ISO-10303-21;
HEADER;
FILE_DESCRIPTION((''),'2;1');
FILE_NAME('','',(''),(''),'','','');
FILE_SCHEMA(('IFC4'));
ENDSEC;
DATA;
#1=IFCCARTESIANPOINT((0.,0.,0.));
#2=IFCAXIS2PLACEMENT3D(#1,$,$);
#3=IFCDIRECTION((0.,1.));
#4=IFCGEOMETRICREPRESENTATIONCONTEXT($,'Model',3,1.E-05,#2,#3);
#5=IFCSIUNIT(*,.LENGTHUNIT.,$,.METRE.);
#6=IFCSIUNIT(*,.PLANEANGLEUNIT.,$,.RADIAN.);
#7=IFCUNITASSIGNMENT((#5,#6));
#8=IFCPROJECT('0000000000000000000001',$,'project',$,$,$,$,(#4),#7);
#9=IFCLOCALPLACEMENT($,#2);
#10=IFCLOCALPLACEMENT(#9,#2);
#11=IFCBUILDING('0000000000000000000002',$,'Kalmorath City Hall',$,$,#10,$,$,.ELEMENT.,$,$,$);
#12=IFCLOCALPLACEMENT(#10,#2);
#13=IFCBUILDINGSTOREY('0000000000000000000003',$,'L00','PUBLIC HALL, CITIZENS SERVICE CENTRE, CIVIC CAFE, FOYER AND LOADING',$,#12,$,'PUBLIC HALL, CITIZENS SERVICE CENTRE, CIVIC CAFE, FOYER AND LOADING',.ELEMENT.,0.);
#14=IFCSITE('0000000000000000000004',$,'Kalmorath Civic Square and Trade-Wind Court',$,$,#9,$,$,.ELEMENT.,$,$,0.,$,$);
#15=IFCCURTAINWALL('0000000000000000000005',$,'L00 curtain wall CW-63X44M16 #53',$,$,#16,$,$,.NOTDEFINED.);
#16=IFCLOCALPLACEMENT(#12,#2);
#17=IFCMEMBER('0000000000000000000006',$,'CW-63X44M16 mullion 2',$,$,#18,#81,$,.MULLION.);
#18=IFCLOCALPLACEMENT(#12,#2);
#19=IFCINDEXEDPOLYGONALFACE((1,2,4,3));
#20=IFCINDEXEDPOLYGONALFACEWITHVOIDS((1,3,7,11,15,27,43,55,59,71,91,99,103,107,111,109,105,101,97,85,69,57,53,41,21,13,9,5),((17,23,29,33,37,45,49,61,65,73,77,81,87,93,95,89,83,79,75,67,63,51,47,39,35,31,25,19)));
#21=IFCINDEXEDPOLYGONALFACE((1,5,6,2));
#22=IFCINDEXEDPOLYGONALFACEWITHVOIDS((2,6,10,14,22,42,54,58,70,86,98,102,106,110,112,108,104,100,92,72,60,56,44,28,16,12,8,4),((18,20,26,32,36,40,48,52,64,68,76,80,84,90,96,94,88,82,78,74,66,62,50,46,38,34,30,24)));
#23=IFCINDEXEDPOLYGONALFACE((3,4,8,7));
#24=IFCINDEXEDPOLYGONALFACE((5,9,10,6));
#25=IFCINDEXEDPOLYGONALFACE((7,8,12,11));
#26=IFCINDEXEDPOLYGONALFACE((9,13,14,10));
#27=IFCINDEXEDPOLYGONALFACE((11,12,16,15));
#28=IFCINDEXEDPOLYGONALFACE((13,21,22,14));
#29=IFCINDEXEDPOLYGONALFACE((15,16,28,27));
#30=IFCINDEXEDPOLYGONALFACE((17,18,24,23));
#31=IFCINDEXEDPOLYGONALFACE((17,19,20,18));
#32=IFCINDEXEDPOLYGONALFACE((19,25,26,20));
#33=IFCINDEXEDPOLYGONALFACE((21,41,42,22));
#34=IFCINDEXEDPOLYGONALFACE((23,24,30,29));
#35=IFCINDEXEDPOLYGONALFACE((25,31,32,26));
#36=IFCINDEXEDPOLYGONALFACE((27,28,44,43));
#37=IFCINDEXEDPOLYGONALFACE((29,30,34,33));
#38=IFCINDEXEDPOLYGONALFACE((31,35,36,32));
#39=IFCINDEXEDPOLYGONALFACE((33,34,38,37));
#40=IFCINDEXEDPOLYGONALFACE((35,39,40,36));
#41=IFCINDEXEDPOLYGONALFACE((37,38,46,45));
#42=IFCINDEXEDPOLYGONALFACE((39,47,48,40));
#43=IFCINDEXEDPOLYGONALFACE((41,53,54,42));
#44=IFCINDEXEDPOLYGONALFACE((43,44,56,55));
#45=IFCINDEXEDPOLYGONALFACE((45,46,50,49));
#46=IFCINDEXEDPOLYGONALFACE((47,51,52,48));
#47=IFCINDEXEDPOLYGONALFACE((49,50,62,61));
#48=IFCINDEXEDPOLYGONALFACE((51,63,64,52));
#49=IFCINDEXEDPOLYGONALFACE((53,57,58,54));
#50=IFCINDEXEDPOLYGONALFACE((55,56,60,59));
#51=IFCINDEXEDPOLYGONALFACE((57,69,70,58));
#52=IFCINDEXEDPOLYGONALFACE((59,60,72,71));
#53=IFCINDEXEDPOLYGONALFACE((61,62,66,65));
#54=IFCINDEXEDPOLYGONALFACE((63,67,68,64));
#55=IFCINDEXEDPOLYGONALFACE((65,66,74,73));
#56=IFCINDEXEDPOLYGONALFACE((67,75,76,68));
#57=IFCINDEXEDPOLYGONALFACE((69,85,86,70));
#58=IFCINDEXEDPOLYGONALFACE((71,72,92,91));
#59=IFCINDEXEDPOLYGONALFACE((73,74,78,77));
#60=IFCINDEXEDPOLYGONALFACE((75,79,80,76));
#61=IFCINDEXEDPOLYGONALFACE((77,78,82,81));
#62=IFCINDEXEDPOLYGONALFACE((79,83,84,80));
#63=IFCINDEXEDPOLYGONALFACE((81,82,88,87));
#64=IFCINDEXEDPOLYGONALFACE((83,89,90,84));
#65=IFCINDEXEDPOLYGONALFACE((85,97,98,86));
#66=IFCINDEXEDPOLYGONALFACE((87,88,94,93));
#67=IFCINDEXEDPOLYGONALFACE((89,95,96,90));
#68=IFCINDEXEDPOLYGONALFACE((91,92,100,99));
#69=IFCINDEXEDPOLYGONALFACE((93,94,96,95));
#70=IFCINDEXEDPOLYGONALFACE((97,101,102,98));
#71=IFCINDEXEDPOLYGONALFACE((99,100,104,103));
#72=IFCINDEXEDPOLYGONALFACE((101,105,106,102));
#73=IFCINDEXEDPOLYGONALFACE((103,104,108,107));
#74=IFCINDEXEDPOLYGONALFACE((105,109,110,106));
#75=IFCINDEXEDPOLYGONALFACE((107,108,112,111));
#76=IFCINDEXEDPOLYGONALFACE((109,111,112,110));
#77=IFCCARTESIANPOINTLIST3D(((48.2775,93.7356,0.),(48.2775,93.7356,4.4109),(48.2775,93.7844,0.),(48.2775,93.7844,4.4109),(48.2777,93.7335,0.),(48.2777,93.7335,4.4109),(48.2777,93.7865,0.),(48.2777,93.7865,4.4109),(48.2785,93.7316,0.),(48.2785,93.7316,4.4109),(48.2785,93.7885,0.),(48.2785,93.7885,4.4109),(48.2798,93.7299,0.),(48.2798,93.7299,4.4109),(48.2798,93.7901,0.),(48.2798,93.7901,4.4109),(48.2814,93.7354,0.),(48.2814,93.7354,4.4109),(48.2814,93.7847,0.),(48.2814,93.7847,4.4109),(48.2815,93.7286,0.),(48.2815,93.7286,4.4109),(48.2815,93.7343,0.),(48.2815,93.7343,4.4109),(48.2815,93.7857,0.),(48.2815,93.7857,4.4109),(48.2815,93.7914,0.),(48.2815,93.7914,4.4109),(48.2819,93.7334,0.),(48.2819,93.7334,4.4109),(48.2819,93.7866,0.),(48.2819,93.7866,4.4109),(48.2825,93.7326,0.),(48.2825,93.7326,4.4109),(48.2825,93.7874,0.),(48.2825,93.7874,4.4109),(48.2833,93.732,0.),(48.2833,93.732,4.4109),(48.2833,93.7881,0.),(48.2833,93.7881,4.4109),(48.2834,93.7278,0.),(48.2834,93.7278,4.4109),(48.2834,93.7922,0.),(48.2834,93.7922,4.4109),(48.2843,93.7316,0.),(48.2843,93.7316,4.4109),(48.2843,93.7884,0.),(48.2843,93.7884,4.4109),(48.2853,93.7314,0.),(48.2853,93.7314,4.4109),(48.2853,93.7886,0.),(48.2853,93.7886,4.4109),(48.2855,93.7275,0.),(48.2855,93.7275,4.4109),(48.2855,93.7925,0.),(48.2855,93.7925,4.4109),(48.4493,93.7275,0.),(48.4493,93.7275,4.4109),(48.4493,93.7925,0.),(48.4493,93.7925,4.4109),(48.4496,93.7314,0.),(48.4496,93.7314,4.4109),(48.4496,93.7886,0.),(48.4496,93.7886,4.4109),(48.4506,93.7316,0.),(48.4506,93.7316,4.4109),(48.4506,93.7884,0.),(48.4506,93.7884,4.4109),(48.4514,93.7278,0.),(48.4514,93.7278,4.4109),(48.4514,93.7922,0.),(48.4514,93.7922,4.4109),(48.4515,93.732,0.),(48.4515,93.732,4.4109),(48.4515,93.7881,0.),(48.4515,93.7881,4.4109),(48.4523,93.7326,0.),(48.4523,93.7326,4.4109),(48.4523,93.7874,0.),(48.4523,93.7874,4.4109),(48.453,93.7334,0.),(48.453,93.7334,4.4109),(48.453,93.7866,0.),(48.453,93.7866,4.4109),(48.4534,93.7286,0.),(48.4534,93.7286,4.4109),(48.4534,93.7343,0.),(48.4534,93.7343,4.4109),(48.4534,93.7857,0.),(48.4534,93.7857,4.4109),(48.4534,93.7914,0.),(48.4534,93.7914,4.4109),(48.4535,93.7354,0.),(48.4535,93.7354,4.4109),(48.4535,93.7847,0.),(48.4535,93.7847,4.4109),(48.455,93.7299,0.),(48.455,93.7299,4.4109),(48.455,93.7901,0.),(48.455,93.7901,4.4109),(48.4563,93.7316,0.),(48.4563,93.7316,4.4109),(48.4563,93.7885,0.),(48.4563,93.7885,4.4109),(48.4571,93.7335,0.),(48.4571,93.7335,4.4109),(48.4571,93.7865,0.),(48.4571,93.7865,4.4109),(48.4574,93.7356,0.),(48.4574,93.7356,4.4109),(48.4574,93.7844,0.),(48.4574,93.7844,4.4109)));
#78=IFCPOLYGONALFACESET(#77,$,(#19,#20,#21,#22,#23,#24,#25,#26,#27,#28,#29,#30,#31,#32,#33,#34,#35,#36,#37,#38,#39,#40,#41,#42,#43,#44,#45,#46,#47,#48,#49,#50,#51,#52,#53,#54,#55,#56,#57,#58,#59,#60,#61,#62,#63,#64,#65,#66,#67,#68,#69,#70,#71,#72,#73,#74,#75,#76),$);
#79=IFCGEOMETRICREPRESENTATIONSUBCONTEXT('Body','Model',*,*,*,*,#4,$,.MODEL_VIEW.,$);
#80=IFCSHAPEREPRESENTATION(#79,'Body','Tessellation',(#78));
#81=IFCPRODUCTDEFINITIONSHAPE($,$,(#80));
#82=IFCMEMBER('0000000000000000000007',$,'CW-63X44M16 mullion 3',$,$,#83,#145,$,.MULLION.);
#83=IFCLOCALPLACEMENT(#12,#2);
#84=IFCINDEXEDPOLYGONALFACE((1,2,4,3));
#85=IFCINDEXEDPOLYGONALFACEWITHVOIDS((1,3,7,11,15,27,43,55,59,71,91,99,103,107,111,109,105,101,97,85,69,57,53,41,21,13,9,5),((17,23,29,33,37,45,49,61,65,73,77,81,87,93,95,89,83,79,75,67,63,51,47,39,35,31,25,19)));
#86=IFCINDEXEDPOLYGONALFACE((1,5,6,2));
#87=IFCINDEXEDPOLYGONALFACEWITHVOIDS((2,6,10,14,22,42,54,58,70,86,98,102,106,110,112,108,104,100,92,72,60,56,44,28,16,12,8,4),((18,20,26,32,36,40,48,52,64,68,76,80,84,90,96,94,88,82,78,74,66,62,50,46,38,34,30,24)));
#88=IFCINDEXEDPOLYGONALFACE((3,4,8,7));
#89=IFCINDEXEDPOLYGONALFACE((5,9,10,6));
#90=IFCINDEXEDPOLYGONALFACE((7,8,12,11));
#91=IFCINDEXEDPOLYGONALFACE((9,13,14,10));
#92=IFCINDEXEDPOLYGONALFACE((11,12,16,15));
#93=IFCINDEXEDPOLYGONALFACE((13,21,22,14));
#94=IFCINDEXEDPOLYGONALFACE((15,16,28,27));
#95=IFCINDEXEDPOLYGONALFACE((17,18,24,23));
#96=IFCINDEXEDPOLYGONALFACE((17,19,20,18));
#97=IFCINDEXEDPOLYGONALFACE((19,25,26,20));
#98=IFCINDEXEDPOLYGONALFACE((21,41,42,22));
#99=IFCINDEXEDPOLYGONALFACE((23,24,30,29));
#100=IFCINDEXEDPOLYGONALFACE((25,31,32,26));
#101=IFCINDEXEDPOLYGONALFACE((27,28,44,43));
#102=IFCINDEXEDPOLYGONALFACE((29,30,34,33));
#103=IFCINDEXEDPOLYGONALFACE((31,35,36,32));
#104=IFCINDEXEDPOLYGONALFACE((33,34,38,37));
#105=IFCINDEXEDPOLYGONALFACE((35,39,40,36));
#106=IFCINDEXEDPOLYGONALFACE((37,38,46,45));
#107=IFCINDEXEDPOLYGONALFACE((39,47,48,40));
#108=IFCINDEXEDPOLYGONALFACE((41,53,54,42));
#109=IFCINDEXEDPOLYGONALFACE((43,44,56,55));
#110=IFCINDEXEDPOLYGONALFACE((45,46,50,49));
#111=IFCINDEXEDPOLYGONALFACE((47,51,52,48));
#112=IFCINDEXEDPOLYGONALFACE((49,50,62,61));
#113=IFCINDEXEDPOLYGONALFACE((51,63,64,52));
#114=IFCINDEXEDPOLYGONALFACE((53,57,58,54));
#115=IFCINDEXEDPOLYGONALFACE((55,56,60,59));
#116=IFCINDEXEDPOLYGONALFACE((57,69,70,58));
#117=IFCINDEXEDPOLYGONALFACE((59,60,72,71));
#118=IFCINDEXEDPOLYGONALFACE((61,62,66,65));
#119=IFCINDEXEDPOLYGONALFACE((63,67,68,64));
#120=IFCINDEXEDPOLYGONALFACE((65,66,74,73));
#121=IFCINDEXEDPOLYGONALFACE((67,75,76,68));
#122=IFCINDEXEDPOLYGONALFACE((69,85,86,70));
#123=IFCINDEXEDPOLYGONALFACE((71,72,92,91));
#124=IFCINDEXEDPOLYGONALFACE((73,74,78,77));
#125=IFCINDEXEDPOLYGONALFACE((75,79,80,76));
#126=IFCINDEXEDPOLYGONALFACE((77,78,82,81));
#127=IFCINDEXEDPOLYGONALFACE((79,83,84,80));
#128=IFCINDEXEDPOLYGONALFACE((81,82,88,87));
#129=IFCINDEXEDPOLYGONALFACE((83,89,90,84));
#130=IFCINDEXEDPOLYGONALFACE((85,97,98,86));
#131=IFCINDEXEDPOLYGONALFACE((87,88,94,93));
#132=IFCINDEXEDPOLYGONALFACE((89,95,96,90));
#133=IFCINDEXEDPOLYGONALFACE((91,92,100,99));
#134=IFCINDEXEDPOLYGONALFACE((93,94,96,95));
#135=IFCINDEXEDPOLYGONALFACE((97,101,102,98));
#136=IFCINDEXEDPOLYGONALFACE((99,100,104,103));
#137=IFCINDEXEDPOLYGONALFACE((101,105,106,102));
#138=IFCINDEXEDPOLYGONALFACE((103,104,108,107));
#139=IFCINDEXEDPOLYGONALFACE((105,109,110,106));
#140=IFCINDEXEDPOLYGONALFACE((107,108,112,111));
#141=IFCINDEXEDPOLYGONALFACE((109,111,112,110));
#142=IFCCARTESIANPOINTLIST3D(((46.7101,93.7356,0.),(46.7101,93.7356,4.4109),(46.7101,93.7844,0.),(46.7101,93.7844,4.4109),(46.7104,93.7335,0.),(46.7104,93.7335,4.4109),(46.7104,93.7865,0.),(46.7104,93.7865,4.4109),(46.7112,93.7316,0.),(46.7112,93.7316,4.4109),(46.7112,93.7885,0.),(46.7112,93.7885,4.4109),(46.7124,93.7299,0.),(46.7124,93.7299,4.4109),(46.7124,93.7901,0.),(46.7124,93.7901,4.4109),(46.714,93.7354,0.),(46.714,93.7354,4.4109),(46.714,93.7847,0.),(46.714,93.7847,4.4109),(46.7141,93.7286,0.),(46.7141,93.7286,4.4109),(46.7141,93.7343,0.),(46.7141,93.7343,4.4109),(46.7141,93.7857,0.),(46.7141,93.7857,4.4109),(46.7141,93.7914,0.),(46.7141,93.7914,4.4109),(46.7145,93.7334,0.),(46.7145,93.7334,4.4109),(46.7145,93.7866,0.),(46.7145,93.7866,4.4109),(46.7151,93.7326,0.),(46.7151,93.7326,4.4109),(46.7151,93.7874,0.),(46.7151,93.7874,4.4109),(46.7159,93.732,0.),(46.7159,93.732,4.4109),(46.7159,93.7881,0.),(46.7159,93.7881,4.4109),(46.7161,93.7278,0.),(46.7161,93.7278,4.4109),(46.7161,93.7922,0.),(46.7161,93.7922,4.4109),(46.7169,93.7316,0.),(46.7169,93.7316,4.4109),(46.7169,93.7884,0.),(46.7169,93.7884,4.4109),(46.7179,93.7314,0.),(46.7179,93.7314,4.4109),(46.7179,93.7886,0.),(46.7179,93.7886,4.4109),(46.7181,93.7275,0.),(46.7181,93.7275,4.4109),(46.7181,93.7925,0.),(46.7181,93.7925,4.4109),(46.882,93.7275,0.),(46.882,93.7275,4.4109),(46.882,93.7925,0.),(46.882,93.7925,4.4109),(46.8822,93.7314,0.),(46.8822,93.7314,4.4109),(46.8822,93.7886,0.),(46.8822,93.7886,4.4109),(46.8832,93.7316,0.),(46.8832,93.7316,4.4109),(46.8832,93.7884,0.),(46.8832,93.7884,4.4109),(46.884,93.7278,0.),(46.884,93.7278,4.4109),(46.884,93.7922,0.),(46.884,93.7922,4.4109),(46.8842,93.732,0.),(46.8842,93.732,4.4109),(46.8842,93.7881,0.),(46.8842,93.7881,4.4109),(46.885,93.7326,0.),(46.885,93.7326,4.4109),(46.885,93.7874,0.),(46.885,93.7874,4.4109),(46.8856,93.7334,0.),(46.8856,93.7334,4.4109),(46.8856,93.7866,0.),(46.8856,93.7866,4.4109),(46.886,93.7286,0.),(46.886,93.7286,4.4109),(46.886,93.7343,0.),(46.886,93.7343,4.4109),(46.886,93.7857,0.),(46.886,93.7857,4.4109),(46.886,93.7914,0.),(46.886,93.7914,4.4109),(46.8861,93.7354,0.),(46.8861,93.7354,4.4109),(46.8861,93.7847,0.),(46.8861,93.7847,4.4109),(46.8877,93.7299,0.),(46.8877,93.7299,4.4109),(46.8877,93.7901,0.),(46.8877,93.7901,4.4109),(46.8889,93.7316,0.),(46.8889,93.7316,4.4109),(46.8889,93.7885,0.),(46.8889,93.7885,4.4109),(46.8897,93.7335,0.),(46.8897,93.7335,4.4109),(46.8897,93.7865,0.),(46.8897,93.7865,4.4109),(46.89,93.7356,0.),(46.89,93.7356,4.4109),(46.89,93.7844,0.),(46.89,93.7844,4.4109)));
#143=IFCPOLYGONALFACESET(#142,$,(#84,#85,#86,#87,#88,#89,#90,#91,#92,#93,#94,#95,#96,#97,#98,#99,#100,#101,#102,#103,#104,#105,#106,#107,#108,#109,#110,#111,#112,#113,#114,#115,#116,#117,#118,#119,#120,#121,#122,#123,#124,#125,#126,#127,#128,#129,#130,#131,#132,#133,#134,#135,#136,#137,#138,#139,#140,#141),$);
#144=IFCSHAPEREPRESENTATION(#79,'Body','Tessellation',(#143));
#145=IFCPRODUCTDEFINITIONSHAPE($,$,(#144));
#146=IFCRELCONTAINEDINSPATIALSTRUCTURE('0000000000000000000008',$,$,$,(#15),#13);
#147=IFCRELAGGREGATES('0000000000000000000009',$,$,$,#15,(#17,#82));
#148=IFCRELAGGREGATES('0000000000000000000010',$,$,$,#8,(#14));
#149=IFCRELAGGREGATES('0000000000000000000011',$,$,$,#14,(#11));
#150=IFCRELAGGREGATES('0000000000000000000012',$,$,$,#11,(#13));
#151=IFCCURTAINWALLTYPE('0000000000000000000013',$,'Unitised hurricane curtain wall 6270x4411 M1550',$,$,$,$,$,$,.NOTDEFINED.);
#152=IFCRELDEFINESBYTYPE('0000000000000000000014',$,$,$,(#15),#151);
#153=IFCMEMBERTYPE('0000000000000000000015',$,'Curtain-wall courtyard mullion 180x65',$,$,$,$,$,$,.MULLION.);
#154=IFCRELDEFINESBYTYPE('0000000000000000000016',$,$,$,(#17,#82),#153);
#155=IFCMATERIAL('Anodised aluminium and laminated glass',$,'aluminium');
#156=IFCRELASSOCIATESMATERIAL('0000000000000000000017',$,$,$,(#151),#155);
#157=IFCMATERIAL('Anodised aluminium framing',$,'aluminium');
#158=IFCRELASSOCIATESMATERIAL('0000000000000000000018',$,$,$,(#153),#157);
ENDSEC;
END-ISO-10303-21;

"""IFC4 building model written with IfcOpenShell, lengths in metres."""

from ifc_helpers import new_model, si_unit, direction, frame, origin, origin_2d, place, context, subcontext, project, spatial, hollow_rectangle, extrude, material, material_profile, profile_set, type_object, element, aggregate, save


model = new_model("IFC4")

# Units and contexts
model_context = context("Model", 3, precision=1e-05, world=origin(), true_north=direction((0.0, 1.0)))
body_context = subcontext(model_context, "Body", "Model", "MODEL_VIEW")
ifc_project = project(units=[si_unit("LENGTHUNIT", "METRE"), si_unit("PLANEANGLEUNIT", "RADIAN")], contexts=[model_context])

# Site, building, storey
site_placement = place(None, origin())
site = spatial("IfcSite", under=ifc_project, at=site_placement, Name="Kalmorath Civic Square and Trade-Wind Court", CompositionType="ELEMENT", RefElevation=0.0)
building_placement = place(site_placement, origin())
building = spatial("IfcBuilding", under=site, at=building_placement, Name="Kalmorath City Hall", CompositionType="ELEMENT")
storey_placement = place(building_placement, origin())
storey = spatial("IfcBuildingStorey", under=building, at=storey_placement, Name="L00", Description="PUBLIC HALL, CITIZENS SERVICE CENTRE, CIVIC CAFE, FOYER AND LOADING", LongName="PUBLIC HALL, CITIZENS SERVICE CENTRE, CIVIC CAFE, FOYER AND LOADING", CompositionType="ELEMENT", Elevation=0.0)

# Curtain wall, members
ifc_material_1 = material(Name="Anodised aluminium and laminated glass", Category="aluminium")
curtain_wall_type = type_object("IfcCurtainWallType", Name="Unitised hurricane curtain wall 6270x4411 M1550", PredefinedType="NOTDEFINED", material=ifc_material_1)
curtain_wall_placement = place(storey_placement, origin())
curtain_wall = element("IfcCurtainWall", 1, at=curtain_wall_placement, inside=storey, type_object=curtain_wall_type, Name="L00 curtain wall CW-63X44M16 #53", PredefinedType="NOTDEFINED")
ifc_material_2 = material(Name="Anodised aluminium framing", Category="aluminium")
ifc_material_profile_1 = material_profile(ifc_material_2, hollow_rectangle(XDim=0.0649, YDim=0.1799, WallThickness=0.0039, InnerFilletRadius=0.0039, OuterFilletRadius=0.0081, at=origin_2d()), Name="ALU-MUL-180X65X4")
ifc_profile_set_1 = profile_set([ifc_material_profile_1], Name="Anodised aluminium framing")
member_type_1 = type_object("IfcMemberType", Name="Curtain-wall courtyard mullion 180x65", PredefinedType="MULLION", material=ifc_profile_set_1)
member_1_placement = place(storey_placement, frame((48.3674, 93.76, 0.0), z_axis=(0.0, 0.0, 1.0), x_axis=(0.0, -1.0, 0.0)))
member_1 = element("IfcMember", 2, at=member_1_placement, type_object=member_type_1, Name="CW-63X44M16 mullion 2", PredefinedType="MULLION", context=body_context, shape_type="SweptSolid", body=[
    extrude(hollow_rectangle(XDim=0.0649, YDim=0.1799, WallThickness=0.0039, InnerFilletRadius=0.0039, OuterFilletRadius=0.0081, at=origin_2d()), origin(), (0.0, 0.0, 1.0), 4.4109),
])
member_2_placement = place(storey_placement, frame((46.8, 93.76, 0.0), z_axis=(0.0, 0.0, 1.0), x_axis=(0.0, -1.0, 0.0)))
member_2 = element("IfcMember", 3, at=member_2_placement, type_object=member_type_1, Name="CW-63X44M16 mullion 3", PredefinedType="MULLION", context=body_context, shape_type="SweptSolid", body=[
    extrude(hollow_rectangle(XDim=0.0649, YDim=0.1799, WallThickness=0.0039, InnerFilletRadius=0.0039, OuterFilletRadius=0.0081, at=origin_2d()), origin(), (0.0, 0.0, 1.0), 4.4109),
])
aggregate(curtain_wall, [member_1, member_2])

save(model, "model.ifc")
